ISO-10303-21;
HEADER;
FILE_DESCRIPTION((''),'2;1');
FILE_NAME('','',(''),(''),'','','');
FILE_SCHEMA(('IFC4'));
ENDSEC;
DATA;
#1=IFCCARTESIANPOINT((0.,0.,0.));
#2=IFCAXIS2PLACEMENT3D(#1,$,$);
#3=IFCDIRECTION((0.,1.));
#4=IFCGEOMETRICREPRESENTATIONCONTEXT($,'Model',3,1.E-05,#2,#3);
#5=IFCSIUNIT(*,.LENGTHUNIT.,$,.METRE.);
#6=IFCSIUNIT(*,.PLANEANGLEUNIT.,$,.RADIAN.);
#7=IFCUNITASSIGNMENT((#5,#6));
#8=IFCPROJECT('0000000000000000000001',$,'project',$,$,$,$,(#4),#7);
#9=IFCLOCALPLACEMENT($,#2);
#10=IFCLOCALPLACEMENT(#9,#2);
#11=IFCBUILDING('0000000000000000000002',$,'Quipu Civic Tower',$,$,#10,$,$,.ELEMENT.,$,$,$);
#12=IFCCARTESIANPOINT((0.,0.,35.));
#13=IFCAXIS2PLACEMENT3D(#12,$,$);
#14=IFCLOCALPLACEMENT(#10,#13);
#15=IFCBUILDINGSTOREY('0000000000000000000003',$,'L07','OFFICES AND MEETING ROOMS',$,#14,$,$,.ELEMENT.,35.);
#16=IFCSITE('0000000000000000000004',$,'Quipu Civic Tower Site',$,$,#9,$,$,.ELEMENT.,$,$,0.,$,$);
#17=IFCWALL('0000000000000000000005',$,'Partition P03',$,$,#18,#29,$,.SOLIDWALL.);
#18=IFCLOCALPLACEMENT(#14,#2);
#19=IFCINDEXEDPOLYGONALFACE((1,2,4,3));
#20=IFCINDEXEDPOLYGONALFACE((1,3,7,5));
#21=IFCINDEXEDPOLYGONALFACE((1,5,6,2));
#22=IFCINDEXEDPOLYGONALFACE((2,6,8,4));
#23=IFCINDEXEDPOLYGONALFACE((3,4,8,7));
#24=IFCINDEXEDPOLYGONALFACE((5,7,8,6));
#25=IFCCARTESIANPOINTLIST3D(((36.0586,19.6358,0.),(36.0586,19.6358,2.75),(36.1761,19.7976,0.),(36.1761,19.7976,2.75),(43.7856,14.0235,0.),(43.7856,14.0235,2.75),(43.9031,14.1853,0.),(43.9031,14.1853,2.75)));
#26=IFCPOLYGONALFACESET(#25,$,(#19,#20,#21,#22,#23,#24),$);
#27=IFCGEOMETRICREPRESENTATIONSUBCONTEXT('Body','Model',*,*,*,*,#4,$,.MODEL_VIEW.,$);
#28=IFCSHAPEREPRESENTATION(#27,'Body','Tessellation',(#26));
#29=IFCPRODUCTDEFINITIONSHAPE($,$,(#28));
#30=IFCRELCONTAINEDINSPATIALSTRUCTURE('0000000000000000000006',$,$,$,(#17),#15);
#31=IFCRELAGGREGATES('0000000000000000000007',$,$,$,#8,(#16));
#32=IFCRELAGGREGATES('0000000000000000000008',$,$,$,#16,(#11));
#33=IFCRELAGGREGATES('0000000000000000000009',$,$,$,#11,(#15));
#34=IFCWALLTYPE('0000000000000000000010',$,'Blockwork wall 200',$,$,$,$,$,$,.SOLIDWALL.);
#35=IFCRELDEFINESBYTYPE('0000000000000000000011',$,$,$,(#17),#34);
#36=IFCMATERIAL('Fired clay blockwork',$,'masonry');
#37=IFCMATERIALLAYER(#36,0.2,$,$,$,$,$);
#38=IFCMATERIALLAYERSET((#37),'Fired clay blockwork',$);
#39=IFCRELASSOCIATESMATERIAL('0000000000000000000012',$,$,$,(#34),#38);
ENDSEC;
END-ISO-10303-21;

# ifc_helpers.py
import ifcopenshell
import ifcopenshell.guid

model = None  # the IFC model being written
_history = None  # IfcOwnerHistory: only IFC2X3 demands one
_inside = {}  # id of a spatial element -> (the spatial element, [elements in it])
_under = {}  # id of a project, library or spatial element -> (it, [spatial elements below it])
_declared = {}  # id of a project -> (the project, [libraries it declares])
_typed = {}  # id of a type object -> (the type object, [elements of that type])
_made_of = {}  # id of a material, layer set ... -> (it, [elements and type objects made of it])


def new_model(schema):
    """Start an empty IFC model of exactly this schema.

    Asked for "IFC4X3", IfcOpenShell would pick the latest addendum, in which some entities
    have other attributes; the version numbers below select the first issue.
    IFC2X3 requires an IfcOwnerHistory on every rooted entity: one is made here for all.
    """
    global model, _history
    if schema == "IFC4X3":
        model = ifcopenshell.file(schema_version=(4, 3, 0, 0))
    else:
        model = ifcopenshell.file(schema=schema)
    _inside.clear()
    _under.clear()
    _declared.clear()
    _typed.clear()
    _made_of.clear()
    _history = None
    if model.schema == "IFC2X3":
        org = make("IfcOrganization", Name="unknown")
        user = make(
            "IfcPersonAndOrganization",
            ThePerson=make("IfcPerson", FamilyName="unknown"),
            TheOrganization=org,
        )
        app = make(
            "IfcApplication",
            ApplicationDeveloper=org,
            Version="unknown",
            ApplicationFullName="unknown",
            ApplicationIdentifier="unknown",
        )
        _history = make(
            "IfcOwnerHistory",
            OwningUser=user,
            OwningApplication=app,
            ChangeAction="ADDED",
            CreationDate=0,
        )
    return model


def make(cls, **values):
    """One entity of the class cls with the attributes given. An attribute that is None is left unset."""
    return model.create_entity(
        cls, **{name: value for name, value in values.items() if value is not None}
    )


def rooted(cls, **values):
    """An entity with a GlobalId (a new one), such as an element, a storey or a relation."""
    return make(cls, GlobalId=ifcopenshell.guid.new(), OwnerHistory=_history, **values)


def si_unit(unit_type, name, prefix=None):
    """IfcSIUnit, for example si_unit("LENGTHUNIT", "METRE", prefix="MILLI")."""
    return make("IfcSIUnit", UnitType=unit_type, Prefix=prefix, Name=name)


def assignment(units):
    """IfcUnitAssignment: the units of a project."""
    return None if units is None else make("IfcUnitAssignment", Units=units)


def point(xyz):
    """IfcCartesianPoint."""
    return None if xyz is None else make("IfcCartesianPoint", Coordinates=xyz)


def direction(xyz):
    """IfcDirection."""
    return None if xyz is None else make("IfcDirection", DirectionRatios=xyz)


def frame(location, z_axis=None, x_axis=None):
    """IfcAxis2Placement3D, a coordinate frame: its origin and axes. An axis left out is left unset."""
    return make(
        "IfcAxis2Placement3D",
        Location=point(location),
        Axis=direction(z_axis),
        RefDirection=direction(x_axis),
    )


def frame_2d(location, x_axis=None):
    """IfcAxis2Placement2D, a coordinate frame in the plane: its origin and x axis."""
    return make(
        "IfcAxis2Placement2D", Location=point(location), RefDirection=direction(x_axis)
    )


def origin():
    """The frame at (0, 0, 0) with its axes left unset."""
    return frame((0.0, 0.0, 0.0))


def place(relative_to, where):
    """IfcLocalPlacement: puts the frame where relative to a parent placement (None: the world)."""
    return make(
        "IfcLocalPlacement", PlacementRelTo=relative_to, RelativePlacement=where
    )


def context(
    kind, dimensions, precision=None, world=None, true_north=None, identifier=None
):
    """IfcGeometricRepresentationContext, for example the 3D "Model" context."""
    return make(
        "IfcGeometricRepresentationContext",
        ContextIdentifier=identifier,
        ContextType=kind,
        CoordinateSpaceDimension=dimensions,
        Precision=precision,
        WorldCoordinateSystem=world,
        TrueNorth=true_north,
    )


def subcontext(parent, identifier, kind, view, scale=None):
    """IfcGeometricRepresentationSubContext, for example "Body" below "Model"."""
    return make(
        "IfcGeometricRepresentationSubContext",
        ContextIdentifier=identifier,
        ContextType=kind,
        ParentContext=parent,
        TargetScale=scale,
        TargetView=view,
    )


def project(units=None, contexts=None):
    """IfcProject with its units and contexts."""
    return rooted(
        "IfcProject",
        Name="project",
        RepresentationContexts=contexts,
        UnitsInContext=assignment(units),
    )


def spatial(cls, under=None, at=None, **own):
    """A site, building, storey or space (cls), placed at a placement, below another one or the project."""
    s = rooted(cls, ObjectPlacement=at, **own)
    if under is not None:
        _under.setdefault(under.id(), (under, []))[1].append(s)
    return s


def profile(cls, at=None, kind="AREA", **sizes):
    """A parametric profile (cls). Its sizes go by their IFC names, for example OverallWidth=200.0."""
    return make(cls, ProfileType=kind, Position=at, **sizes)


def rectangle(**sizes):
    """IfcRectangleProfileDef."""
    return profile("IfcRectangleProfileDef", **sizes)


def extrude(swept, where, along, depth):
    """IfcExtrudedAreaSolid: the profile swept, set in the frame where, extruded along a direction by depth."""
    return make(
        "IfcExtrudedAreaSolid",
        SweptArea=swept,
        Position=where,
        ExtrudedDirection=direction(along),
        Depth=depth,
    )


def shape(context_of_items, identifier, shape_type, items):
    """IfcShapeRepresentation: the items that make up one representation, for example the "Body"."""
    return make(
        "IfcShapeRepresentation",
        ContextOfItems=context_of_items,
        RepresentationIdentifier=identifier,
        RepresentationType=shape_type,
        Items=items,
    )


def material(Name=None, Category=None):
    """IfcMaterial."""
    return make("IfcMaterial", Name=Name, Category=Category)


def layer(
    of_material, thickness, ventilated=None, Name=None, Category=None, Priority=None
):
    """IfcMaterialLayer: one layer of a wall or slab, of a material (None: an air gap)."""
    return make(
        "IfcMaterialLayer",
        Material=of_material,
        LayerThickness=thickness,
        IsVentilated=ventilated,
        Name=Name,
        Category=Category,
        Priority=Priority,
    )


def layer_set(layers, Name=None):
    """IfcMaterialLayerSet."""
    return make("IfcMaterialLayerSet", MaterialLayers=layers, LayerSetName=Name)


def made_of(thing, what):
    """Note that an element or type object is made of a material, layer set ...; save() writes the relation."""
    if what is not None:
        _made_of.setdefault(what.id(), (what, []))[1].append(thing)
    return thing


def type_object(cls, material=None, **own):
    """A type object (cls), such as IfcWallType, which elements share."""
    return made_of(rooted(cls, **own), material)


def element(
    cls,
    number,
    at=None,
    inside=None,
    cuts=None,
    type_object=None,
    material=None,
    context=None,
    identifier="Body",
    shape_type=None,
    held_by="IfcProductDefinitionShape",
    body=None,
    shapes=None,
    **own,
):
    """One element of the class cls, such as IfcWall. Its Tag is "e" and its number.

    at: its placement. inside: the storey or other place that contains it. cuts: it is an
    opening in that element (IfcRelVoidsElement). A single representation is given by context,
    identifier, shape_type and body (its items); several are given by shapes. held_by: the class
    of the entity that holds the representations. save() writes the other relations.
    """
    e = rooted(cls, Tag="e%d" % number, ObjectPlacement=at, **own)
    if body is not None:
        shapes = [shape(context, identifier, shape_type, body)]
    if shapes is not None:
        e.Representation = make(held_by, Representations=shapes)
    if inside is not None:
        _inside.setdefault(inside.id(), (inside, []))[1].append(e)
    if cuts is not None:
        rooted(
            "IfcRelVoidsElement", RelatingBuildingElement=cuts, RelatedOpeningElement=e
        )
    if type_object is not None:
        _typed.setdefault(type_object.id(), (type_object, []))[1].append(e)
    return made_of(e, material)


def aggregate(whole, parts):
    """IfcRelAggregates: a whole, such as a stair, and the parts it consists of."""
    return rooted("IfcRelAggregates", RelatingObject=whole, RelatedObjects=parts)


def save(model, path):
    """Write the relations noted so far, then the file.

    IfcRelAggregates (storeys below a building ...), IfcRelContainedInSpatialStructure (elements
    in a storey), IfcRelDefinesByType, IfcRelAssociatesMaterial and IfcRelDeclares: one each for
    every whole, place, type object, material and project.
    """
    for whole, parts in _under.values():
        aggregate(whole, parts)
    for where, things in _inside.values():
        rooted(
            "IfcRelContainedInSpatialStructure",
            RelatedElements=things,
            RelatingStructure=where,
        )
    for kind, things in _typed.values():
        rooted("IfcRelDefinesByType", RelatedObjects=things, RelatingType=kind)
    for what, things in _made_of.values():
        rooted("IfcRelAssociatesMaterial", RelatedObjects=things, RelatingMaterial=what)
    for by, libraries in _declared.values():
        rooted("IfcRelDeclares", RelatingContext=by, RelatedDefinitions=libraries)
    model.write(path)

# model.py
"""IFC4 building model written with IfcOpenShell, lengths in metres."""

from ifc_helpers import new_model, si_unit, direction, frame, frame_2d, origin, place, context, subcontext, project, spatial, rectangle, extrude, material, layer, layer_set, type_object, element, save


model = new_model("IFC4")

# Units and contexts
model_context = context("Model", 3, precision=1e-05, world=origin(), true_north=direction((0.0, 1.0)))
body_context = subcontext(model_context, "Body", "Model", "MODEL_VIEW")
ifc_project = project(units=[si_unit("LENGTHUNIT", "METRE"), si_unit("PLANEANGLEUNIT", "RADIAN")], contexts=[model_context])

# Site, building, storey
site_placement = place(None, origin())
site = spatial("IfcSite", under=ifc_project, at=site_placement, Name="Quipu Civic Tower Site", CompositionType="ELEMENT", RefElevation=0.0)
building_placement = place(site_placement, origin())
building = spatial("IfcBuilding", under=site, at=building_placement, Name="Quipu Civic Tower", CompositionType="ELEMENT")
storey_placement = place(building_placement, frame((0.0, 0.0, 35.0)))
storey = spatial("IfcBuildingStorey", under=building, at=storey_placement, Name="L07", Description="OFFICES AND MEETING ROOMS", CompositionType="ELEMENT", Elevation=35.0)

# Wall
ifc_material_1 = material(Name="Fired clay blockwork", Category="masonry")
ifc_layer_1 = layer(ifc_material_1, 0.2)
ifc_layer_set_1 = layer_set([ifc_layer_1], Name="Fired clay blockwork")
wall_type = type_object("IfcWallType", Name="Blockwork wall 200", PredefinedType="SOLIDWALL", material=ifc_layer_set_1)
wall_placement = place(storey_placement, frame((43.8442, 14.1045, 0.0), z_axis=(0.0, 0.0, 1.0), x_axis=(-0.809103, 0.587667, 0.0)))
element("IfcWall", 1, at=wall_placement, inside=storey, type_object=wall_type, Name="Partition P03", PredefinedType="SOLIDWALL", context=body_context, shape_type="SweptSolid", body=[
    extrude(rectangle(XDim=9.55, YDim=0.2, at=frame_2d((4.7749, 0.0))), origin(), (0.0, 0.0, 1.0), 2.75),
])

save(model, "model.ifc")
